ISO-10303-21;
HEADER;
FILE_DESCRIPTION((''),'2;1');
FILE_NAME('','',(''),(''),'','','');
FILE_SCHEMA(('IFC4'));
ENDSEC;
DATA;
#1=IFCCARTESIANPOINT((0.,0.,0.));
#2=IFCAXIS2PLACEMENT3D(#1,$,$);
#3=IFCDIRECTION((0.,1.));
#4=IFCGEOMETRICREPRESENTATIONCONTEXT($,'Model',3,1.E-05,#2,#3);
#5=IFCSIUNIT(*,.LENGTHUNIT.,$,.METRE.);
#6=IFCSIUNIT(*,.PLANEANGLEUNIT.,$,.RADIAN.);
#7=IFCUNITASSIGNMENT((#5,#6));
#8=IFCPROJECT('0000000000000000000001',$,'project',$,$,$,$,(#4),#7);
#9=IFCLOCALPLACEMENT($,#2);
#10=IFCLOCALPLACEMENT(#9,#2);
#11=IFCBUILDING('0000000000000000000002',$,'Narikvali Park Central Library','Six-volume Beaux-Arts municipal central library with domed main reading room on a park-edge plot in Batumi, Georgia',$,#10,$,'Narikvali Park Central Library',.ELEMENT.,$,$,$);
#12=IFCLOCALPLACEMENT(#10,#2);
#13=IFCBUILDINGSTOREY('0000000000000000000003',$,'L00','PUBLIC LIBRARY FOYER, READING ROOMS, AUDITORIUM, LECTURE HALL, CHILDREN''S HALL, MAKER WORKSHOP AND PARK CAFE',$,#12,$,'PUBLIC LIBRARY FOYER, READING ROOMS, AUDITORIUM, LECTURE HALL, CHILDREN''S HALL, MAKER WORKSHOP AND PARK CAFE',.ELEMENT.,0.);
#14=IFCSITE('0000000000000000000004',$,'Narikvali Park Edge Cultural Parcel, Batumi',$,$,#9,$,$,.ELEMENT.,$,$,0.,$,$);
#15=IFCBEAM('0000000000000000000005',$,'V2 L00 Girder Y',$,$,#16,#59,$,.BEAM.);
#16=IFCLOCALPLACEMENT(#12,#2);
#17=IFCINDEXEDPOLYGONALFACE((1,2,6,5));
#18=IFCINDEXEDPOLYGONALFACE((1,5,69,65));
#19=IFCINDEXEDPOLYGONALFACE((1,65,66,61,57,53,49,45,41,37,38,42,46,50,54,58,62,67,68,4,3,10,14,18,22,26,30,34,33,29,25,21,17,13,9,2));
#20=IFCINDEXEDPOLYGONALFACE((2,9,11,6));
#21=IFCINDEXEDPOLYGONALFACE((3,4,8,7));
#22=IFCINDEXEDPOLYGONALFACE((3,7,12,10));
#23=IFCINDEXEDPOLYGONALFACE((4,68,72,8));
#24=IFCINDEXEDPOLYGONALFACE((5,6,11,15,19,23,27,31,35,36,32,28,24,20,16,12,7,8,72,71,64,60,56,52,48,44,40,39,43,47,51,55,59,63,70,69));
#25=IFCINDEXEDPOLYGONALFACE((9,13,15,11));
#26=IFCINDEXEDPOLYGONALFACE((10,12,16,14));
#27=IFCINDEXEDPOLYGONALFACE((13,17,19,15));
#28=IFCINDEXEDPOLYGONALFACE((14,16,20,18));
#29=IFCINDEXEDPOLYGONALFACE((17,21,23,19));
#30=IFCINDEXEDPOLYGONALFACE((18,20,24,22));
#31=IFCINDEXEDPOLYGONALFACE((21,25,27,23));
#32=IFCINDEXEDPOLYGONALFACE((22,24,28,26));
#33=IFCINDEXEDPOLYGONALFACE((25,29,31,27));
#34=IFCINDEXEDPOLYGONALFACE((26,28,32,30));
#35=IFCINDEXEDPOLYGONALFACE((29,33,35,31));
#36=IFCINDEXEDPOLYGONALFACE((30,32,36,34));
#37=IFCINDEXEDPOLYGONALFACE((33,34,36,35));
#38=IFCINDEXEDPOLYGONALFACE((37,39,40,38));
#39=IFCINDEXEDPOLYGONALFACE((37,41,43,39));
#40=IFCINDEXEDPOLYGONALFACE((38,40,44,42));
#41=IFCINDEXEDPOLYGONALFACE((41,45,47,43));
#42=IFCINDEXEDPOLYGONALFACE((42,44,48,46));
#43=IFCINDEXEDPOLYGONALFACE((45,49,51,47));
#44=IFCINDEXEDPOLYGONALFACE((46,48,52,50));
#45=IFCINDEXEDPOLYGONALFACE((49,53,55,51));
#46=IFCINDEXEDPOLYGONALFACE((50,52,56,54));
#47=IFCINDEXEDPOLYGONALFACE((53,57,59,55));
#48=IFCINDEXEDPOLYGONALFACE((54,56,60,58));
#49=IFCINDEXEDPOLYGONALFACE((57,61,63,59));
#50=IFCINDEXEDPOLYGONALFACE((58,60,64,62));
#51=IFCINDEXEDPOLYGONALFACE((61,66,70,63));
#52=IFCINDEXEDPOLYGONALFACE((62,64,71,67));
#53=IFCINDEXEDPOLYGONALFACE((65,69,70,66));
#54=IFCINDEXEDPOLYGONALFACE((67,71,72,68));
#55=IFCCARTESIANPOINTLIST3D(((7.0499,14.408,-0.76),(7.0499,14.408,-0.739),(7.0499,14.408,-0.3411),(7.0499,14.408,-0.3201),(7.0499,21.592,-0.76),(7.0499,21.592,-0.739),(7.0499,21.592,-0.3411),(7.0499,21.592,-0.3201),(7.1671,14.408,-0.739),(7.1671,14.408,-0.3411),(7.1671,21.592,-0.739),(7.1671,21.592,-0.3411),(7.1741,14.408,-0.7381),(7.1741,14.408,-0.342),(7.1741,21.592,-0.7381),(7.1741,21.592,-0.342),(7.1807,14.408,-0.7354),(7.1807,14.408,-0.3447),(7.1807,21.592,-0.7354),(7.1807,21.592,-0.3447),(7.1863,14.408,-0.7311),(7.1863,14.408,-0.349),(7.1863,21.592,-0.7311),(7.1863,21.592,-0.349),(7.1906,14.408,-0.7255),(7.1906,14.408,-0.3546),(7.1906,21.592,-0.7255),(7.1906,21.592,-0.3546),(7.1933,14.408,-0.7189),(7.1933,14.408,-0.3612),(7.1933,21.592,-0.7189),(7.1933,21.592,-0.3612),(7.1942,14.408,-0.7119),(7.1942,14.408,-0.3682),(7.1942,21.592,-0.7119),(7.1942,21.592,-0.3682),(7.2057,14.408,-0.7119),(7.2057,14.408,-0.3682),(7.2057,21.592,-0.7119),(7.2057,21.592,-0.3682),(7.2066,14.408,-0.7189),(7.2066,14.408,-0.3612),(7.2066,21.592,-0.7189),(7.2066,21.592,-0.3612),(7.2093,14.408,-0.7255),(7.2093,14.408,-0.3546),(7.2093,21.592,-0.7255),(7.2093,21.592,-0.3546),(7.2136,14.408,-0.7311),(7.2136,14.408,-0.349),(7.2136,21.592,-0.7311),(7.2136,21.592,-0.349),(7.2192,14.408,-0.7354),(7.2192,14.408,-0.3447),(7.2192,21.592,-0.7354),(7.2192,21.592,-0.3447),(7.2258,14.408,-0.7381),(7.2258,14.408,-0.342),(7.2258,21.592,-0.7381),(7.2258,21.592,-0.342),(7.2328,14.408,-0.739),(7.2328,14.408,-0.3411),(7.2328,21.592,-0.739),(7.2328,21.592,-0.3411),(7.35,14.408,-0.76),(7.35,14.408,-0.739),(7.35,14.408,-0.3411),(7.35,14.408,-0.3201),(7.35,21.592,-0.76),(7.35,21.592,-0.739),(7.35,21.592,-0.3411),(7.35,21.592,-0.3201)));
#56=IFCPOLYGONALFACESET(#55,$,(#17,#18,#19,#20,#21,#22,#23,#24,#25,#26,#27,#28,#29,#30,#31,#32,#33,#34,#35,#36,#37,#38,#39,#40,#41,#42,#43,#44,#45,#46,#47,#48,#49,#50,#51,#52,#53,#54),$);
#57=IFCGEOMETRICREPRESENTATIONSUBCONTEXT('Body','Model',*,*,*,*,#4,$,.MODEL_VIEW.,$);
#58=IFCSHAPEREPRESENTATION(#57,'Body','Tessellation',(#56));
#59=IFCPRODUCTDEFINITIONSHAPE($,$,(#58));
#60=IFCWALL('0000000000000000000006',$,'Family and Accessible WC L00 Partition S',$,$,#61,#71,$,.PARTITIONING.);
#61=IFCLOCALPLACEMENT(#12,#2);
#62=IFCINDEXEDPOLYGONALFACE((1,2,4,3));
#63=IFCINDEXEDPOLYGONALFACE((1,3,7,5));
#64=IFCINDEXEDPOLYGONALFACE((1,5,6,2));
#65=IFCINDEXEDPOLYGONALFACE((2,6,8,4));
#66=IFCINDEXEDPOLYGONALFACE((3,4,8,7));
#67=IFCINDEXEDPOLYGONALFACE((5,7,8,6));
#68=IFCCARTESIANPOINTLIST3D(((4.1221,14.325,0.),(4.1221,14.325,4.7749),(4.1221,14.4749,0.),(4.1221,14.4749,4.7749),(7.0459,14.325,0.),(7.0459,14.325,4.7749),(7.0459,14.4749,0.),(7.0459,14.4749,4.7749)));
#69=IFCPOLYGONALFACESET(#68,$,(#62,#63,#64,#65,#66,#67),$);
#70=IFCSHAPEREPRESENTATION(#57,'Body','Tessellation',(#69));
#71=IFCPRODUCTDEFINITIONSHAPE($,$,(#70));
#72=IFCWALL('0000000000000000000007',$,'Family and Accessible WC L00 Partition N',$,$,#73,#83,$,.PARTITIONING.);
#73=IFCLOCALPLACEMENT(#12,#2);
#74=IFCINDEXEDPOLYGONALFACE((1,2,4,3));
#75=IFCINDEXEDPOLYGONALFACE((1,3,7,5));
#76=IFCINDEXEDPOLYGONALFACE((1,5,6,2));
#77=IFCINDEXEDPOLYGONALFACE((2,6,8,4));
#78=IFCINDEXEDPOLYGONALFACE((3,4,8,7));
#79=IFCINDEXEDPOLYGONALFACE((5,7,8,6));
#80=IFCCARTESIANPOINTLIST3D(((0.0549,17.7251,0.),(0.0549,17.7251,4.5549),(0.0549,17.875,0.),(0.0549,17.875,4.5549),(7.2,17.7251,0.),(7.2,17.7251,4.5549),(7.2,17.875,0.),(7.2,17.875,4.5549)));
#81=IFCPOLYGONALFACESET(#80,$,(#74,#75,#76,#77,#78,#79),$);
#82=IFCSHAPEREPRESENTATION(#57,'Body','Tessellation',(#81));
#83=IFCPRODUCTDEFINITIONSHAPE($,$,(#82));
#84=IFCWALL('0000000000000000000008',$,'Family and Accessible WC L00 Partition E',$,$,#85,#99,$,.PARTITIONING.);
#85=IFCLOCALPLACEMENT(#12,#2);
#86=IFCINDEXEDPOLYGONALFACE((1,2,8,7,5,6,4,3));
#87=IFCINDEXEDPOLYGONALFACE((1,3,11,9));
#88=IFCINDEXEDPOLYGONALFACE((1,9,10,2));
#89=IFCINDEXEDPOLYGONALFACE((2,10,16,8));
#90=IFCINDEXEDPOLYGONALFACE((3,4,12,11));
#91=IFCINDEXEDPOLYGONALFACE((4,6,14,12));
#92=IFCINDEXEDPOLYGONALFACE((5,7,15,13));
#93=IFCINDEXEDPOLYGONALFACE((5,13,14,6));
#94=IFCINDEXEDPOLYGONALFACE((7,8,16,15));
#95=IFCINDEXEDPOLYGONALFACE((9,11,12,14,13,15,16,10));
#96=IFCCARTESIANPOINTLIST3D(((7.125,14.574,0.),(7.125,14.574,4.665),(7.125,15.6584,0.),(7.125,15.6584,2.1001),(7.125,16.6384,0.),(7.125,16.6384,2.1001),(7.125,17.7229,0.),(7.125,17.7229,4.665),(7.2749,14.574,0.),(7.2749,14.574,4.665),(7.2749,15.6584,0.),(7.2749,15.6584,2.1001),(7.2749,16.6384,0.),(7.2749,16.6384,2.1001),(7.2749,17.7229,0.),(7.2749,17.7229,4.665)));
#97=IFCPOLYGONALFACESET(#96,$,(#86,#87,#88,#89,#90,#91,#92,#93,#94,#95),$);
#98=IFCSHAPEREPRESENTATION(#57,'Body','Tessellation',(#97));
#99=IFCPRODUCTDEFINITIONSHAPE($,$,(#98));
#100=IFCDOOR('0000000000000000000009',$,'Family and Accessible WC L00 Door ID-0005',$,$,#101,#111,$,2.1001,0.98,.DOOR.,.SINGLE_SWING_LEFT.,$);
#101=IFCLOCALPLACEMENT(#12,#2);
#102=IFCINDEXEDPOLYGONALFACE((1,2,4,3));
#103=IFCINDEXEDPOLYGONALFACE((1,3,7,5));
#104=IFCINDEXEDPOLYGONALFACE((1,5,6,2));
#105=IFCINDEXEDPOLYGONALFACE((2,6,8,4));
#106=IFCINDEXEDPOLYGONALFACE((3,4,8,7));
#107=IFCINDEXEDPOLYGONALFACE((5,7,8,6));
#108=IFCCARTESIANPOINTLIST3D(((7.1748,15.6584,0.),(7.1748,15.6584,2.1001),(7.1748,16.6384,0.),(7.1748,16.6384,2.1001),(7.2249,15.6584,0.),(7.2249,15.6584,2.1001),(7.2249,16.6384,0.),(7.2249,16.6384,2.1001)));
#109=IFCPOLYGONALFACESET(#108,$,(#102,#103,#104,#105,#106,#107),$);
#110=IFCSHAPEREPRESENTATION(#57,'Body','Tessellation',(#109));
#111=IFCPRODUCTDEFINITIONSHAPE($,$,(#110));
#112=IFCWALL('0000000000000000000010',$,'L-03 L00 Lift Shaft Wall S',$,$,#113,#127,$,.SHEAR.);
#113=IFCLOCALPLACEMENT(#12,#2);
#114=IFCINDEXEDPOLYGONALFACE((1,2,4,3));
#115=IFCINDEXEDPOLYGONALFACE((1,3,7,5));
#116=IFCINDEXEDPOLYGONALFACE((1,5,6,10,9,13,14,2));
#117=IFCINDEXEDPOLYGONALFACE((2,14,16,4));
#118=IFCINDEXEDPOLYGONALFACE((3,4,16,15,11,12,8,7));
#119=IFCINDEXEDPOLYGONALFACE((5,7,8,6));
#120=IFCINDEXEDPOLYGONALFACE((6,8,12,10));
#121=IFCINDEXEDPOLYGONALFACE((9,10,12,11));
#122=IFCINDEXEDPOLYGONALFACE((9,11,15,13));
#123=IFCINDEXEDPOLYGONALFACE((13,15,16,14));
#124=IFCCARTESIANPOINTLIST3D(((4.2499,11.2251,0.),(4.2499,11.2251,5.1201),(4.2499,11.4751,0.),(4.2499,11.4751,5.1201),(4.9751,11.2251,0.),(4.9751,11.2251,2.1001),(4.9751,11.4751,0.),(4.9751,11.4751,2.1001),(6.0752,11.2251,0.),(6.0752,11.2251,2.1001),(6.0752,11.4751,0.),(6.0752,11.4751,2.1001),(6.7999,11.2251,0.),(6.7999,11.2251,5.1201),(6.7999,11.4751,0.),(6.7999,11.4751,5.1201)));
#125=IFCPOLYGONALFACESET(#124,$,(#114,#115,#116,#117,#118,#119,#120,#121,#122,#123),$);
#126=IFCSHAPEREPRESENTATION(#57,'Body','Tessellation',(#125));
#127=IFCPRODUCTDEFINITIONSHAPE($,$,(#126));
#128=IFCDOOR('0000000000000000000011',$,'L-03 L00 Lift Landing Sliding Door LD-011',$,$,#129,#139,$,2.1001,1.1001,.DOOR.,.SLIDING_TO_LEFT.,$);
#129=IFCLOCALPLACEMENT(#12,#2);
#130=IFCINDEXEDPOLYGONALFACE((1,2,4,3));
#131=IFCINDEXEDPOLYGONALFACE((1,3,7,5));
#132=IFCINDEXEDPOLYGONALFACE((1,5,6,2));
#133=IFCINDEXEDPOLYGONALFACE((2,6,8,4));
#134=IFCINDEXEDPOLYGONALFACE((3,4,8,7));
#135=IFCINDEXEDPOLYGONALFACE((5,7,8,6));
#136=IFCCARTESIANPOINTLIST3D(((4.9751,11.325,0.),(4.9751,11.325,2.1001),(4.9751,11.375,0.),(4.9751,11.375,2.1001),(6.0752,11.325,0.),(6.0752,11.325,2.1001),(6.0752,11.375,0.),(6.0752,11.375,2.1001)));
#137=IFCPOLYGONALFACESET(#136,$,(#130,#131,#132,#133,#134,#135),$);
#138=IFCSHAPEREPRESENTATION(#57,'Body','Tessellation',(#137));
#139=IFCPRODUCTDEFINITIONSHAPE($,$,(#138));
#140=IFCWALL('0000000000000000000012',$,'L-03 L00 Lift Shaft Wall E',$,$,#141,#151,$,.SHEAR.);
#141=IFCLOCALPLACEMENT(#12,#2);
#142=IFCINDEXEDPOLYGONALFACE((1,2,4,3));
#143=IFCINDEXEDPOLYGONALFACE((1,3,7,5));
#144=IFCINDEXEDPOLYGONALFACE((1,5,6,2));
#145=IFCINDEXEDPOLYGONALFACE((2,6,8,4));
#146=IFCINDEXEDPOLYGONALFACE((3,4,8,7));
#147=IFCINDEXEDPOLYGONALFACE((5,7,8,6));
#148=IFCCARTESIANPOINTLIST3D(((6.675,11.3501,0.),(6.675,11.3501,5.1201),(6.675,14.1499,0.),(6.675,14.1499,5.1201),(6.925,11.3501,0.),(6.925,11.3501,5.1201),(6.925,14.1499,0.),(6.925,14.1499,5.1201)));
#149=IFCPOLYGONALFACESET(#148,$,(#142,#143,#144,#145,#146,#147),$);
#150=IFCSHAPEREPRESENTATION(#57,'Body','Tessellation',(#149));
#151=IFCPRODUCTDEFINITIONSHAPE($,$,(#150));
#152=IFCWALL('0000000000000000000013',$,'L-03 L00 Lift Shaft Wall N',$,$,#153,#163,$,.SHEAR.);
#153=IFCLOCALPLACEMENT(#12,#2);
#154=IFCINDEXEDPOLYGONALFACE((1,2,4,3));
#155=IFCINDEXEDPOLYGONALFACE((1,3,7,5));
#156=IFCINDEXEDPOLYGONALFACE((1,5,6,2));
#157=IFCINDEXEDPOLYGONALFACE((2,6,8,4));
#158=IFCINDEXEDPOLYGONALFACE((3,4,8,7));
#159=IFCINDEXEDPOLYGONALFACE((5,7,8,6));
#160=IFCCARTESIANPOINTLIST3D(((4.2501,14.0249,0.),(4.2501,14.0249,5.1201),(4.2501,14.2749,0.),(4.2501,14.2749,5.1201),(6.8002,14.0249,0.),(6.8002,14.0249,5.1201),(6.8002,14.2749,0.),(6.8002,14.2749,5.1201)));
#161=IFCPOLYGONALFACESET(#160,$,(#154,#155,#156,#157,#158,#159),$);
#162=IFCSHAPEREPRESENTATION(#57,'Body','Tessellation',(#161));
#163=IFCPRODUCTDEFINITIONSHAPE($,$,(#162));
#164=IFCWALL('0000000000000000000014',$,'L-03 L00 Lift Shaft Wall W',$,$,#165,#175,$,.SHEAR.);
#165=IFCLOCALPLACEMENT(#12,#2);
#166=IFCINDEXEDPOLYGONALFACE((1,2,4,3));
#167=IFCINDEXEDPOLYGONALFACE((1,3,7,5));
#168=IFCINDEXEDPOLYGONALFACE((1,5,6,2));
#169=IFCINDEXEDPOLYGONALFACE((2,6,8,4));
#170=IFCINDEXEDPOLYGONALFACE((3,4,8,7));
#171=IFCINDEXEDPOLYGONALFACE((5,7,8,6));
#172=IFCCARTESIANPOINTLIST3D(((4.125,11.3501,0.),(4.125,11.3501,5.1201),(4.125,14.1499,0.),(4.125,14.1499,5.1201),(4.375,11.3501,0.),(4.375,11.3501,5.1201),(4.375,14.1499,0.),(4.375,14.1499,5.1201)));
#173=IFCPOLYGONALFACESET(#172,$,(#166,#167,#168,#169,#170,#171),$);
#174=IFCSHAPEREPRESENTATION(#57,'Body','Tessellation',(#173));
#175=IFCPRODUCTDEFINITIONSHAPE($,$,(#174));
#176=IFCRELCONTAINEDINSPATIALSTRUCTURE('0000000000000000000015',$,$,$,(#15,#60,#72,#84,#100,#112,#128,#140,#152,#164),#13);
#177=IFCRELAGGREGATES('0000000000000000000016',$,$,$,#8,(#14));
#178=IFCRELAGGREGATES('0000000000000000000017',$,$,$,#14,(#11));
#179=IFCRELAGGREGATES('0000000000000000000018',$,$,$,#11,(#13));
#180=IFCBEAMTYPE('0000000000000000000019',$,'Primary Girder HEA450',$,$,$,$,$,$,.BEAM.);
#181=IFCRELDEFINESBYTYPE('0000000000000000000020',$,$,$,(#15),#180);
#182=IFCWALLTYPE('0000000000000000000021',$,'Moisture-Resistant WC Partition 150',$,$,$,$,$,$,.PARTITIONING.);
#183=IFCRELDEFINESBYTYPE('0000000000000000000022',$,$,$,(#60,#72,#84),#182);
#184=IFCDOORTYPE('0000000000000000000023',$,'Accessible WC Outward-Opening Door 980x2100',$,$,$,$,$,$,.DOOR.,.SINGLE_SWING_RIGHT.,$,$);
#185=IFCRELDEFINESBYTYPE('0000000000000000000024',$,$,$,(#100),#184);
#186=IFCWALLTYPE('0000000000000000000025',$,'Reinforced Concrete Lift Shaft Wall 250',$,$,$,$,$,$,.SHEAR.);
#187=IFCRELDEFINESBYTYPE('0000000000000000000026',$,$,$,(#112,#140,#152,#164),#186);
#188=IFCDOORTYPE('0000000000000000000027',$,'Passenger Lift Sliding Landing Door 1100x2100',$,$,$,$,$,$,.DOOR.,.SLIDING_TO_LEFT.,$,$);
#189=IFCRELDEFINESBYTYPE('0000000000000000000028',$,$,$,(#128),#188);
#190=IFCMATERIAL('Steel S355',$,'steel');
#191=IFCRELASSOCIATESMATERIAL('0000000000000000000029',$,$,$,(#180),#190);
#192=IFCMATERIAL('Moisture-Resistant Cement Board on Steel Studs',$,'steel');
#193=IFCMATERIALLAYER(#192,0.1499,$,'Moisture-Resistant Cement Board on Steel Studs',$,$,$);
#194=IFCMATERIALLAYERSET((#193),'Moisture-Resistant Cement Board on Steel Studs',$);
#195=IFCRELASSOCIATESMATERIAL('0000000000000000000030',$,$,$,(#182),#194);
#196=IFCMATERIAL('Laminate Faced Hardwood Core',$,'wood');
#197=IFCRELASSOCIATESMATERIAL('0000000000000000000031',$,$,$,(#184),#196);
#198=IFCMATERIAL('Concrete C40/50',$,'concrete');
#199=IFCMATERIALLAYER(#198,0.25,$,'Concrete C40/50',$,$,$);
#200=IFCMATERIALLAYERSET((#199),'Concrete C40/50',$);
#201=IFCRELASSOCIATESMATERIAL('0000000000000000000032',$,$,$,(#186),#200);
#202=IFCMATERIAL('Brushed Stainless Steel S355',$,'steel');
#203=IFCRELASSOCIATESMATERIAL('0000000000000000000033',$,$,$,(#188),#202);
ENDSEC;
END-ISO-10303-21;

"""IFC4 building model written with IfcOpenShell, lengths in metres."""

from ifc_helpers import new_model, si_unit, direction, frame, frame_2d, origin, origin_2d, place, context, subcontext, project, spatial, rectangle, i_section, extrude, material, layer, layer_set, material_profile, profile_set, type_object, element, fill, save


model = new_model("IFC4")

# Units and contexts
model_context = context("Model", 3, precision=1e-05, world=origin(), true_north=direction((0.0, 1.0)))
body_context = subcontext(model_context, "Body", "Model", "MODEL_VIEW")
ifc_project = project(units=[si_unit("LENGTHUNIT", "METRE"), si_unit("PLANEANGLEUNIT", "RADIAN")], contexts=[model_context])

# Site, building, storey
site_placement = place(None, origin())
site = spatial("IfcSite", under=ifc_project, at=site_placement, Name="Narikvali Park Edge Cultural Parcel, Batumi", CompositionType="ELEMENT", RefElevation=0.0)
building_placement = place(site_placement, origin())
building = spatial("IfcBuilding", under=site, at=building_placement, Name="Narikvali Park Central Library", Description="Six-volume Beaux-Arts municipal central library with domed main reading room on a park-edge plot in Batumi, Georgia", LongName="Narikvali Park Central Library", CompositionType="ELEMENT")
storey_placement = place(building_placement, origin())
storey = spatial("IfcBuildingStorey", under=building, at=storey_placement, Name="L00", Description="PUBLIC LIBRARY FOYER, READING ROOMS, AUDITORIUM, LECTURE HALL, CHILDREN'S HALL, MAKER WORKSHOP AND PARK CAFE", LongName="PUBLIC LIBRARY FOYER, READING ROOMS, AUDITORIUM, LECTURE HALL, CHILDREN'S HALL, MAKER WORKSHOP AND PARK CAFE", CompositionType="ELEMENT", Elevation=0.0)

# Shared definitions
ifc_material_1 = material(Name="Steel S355", Category="steel")

# Beam
ifc_material_profile_1 = material_profile(ifc_material_1, i_section(OverallWidth=0.3, OverallDepth=0.4399, WebThickness=0.0115, FlangeThickness=0.021, FilletRadius=0.0271, at=origin_2d()), Name="HEA 450")
ifc_profile_set_1 = profile_set([ifc_material_profile_1], Name="Steel S355")
beam_type_1 = type_object("IfcBeamType", Name="Primary Girder HEA450", PredefinedType="BEAM", material=ifc_profile_set_1)
beam_1_placement = place(storey_placement, frame((7.2, 14.408, -0.54), z_axis=(0.0, 1.0, 0.0), x_axis=(-1.0, 0.0, 0.0)))
element("IfcBeam", 1, at=beam_1_placement, inside=storey, type_object=beam_type_1, Name="V2 L00 Girder Y", PredefinedType="BEAM", context=body_context, shape_type="SweptSolid", body=[
    extrude(i_section(OverallWidth=0.3, OverallDepth=0.4399, WebThickness=0.0115, FlangeThickness=0.021, FilletRadius=0.0271, at=origin_2d()), origin(), (0.0, 0.0, 1.0), 7.1841),
])

# Walls
ifc_material_2 = material(Name="Moisture-Resistant Cement Board on Steel Studs", Category="steel")
ifc_layer_1 = layer(ifc_material_2, 0.1499, Name="Moisture-Resistant Cement Board on Steel Studs")
ifc_layer_set_1 = layer_set([ifc_layer_1], Name="Moisture-Resistant Cement Board on Steel Studs")
wall_type_1 = type_object("IfcWallType", Name="Moisture-Resistant WC Partition 150", PredefinedType="PARTITIONING", material=ifc_layer_set_1)
wall_1_placement = place(storey_placement, frame((4.1221, 14.3999, 0.0), z_axis=(0.0, 0.0, 1.0), x_axis=(1.0, 0.0, 0.0)))
element("IfcWall", 2, at=wall_1_placement, inside=storey, type_object=wall_type_1, Name="Family and Accessible WC L00 Partition S", PredefinedType="PARTITIONING", context=body_context, shape_type="SweptSolid", body=[
    extrude(rectangle(XDim=2.9238, YDim=0.1499, at=frame_2d((1.4619, 0.0))), origin(), (0.0, 0.0, 1.0), 4.7749),
])
wall_2_placement = place(storey_placement, frame((0.0549, 17.8, 0.0), z_axis=(0.0, 0.0, 1.0), x_axis=(1.0, 0.0, 0.0)))
element("IfcWall", 3, at=wall_2_placement, inside=storey, type_object=wall_type_1, Name="Family and Accessible WC L00 Partition N", PredefinedType="PARTITIONING", context=body_context, shape_type="SweptSolid", body=[
    extrude(rectangle(XDim=7.145, YDim=0.1499, at=frame_2d((3.5725, 0.0))), origin(), (0.0, 0.0, 1.0), 4.5549),
])

# Walls, openings, doors
wall_3_placement = place(storey_placement, frame((7.2, 14.574, 0.0), z_axis=(0.0, 0.0, 1.0), x_axis=(0.0, 1.0, 0.0)))
wall_3 = element("IfcWall", 4, at=wall_3_placement, inside=storey, type_object=wall_type_1, Name="Family and Accessible WC L00 Partition E", PredefinedType="PARTITIONING", context=body_context, shape_type="SweptSolid", body=[
    extrude(rectangle(XDim=3.1489, YDim=0.1499, at=frame_2d((1.5745, 0.0))), origin(), (0.0, 0.0, 1.0), 4.665),
])
opening_1_placement = place(wall_3_placement, frame((1.0845, 0.0, 0.0)))
opening_1 = element("IfcOpeningElement", 5, at=opening_1_placement, cuts=wall_3, PredefinedType="OPENING", context=body_context, shape_type="SweptSolid", body=[
    extrude(rectangle(XDim=0.98, YDim=2.1001, at=frame_2d((0.49, 1.05))), frame((0.0, 0.0869, 0.0), z_axis=(0.0, -1.0, 0.0), x_axis=(1.0, 0.0, 0.0)), (0.0, 0.0, 1.0), 0.1738),
])
ifc_material_3 = material(Name="Laminate Faced Hardwood Core", Category="wood")
door_type_1 = type_object("IfcDoorType", Name="Accessible WC Outward-Opening Door 980x2100", OperationType="SINGLE_SWING_RIGHT", PredefinedType="DOOR", material=ifc_material_3)
door_1_placement = place(opening_1_placement, frame((0.98, 0.0, 0.0), z_axis=(0.0, 0.0, 1.0), x_axis=(-1.0, 0.0, 0.0)))
door_1 = element("IfcDoor", 6, at=door_1_placement, inside=storey, type_object=door_type_1, Name="Family and Accessible WC L00 Door ID-0005", OperationType="SINGLE_SWING_LEFT", OverallHeight=2.1001, OverallWidth=0.98, PredefinedType="DOOR", context=body_context, shape_type="SweptSolid", body=[
    extrude(rectangle(XDim=0.98, YDim=2.1001, at=frame_2d((0.49, 1.05))), frame((0.0, 0.0249, 0.0), z_axis=(0.0, -1.0, 0.0), x_axis=(1.0, 0.0, 0.0)), (0.0, 0.0, 1.0), 0.05),
])
fill(opening_1, door_1)
ifc_material_4 = material(Name="Concrete C40/50", Category="concrete")
ifc_layer_2 = layer(ifc_material_4, 0.25, Name="Concrete C40/50")
ifc_layer_set_2 = layer_set([ifc_layer_2], Name="Concrete C40/50")
wall_type_2 = type_object("IfcWallType", Name="Reinforced Concrete Lift Shaft Wall 250", PredefinedType="SHEAR", material=ifc_layer_set_2)
wall_4_placement = place(storey_placement, frame((4.25, 11.3501, 0.0), z_axis=(0.0, 0.0, 1.0), x_axis=(1.0, 0.0, 0.0)))
wall_4 = element("IfcWall", 7, at=wall_4_placement, inside=storey, type_object=wall_type_2, Name="L-03 L00 Lift Shaft Wall S", PredefinedType="SHEAR", context=body_context, shape_type="SweptSolid", body=[
    extrude(rectangle(XDim=2.55, YDim=0.25, at=frame_2d((1.2749, 0.0))), origin(), (0.0, 0.0, 1.0), 5.1201),
])
opening_2_placement = place(wall_4_placement, frame((0.7251, 0.0, 0.0)))
opening_2 = element("IfcOpeningElement", 8, at=opening_2_placement, cuts=wall_4, PredefinedType="OPENING", context=body_context, shape_type="SweptSolid", body=[
    extrude(rectangle(XDim=1.1001, YDim=2.1001, at=frame_2d((0.55, 1.05))), frame((0.0, 0.137, 0.0), z_axis=(0.0, -1.0, 0.0), x_axis=(1.0, 0.0, 0.0)), (0.0, 0.0, 1.0), 0.2739),
])
ifc_material_5 = material(Name="Brushed Stainless Steel S355", Category="steel")
door_type_2 = type_object("IfcDoorType", Name="Passenger Lift Sliding Landing Door 1100x2100", OperationType="SLIDING_TO_LEFT", PredefinedType="DOOR", material=ifc_material_5)
door_2_placement = place(opening_2_placement, origin())
door_2 = element("IfcDoor", 9, at=door_2_placement, inside=storey, type_object=door_type_2, Name="L-03 L00 Lift Landing Sliding Door LD-011", OperationType="SLIDING_TO_LEFT", OverallHeight=2.1001, OverallWidth=1.1001, PredefinedType="DOOR", context=body_context, shape_type="SweptSolid", body=[
    extrude(rectangle(XDim=1.1001, YDim=2.1001, at=frame_2d((0.55, 1.05))), frame((0.0, 0.0249, 0.0), z_axis=(0.0, -1.0, 0.0), x_axis=(1.0, 0.0, 0.0)), (0.0, 0.0, 1.0), 0.05),
])
fill(opening_2, door_2)

# Walls
wall_5_placement = place(storey_placement, frame((6.8, 11.3501, 0.0), z_axis=(0.0, 0.0, 1.0), x_axis=(0.0, 1.0, 0.0)))
element("IfcWall", 10, at=wall_5_placement, inside=storey, type_object=wall_type_2, Name="L-03 L00 Lift Shaft Wall E", PredefinedType="SHEAR", context=body_context, shape_type="SweptSolid", body=[
    extrude(rectangle(XDim=2.7998, YDim=0.25, at=frame_2d((1.3999, 0.0))), origin(), (0.0, 0.0, 1.0), 5.1201),
])
wall_6_placement = place(storey_placement, frame((6.8, 14.1499, 0.0), z_axis=(0.0, 0.0, 1.0), x_axis=(-1.0, 0.0, 0.0)))
element("IfcWall", 11, at=wall_6_placement, inside=storey, type_object=wall_type_2, Name="L-03 L00 Lift Shaft Wall N", PredefinedType="SHEAR", context=body_context, shape_type="SweptSolid", body=[
    extrude(rectangle(XDim=2.55, YDim=0.25, at=frame_2d((1.2749, 0.0))), origin(), (0.0, 0.0, 1.0), 5.1201),
])
wall_7_placement = place(storey_placement, frame((4.25, 14.1499, 0.0), z_axis=(0.0, 0.0, 1.0), x_axis=(0.0, -1.0, 0.0)))
element("IfcWall", 12, at=wall_7_placement, inside=storey, type_object=wall_type_2, Name="L-03 L00 Lift Shaft Wall W", PredefinedType="SHEAR", context=body_context, shape_type="SweptSolid", body=[
    extrude(rectangle(XDim=2.7998, YDim=0.25, at=frame_2d((1.3999, 0.0))), origin(), (0.0, 0.0, 1.0), 5.1201),
])

save(model, "model.ifc")
